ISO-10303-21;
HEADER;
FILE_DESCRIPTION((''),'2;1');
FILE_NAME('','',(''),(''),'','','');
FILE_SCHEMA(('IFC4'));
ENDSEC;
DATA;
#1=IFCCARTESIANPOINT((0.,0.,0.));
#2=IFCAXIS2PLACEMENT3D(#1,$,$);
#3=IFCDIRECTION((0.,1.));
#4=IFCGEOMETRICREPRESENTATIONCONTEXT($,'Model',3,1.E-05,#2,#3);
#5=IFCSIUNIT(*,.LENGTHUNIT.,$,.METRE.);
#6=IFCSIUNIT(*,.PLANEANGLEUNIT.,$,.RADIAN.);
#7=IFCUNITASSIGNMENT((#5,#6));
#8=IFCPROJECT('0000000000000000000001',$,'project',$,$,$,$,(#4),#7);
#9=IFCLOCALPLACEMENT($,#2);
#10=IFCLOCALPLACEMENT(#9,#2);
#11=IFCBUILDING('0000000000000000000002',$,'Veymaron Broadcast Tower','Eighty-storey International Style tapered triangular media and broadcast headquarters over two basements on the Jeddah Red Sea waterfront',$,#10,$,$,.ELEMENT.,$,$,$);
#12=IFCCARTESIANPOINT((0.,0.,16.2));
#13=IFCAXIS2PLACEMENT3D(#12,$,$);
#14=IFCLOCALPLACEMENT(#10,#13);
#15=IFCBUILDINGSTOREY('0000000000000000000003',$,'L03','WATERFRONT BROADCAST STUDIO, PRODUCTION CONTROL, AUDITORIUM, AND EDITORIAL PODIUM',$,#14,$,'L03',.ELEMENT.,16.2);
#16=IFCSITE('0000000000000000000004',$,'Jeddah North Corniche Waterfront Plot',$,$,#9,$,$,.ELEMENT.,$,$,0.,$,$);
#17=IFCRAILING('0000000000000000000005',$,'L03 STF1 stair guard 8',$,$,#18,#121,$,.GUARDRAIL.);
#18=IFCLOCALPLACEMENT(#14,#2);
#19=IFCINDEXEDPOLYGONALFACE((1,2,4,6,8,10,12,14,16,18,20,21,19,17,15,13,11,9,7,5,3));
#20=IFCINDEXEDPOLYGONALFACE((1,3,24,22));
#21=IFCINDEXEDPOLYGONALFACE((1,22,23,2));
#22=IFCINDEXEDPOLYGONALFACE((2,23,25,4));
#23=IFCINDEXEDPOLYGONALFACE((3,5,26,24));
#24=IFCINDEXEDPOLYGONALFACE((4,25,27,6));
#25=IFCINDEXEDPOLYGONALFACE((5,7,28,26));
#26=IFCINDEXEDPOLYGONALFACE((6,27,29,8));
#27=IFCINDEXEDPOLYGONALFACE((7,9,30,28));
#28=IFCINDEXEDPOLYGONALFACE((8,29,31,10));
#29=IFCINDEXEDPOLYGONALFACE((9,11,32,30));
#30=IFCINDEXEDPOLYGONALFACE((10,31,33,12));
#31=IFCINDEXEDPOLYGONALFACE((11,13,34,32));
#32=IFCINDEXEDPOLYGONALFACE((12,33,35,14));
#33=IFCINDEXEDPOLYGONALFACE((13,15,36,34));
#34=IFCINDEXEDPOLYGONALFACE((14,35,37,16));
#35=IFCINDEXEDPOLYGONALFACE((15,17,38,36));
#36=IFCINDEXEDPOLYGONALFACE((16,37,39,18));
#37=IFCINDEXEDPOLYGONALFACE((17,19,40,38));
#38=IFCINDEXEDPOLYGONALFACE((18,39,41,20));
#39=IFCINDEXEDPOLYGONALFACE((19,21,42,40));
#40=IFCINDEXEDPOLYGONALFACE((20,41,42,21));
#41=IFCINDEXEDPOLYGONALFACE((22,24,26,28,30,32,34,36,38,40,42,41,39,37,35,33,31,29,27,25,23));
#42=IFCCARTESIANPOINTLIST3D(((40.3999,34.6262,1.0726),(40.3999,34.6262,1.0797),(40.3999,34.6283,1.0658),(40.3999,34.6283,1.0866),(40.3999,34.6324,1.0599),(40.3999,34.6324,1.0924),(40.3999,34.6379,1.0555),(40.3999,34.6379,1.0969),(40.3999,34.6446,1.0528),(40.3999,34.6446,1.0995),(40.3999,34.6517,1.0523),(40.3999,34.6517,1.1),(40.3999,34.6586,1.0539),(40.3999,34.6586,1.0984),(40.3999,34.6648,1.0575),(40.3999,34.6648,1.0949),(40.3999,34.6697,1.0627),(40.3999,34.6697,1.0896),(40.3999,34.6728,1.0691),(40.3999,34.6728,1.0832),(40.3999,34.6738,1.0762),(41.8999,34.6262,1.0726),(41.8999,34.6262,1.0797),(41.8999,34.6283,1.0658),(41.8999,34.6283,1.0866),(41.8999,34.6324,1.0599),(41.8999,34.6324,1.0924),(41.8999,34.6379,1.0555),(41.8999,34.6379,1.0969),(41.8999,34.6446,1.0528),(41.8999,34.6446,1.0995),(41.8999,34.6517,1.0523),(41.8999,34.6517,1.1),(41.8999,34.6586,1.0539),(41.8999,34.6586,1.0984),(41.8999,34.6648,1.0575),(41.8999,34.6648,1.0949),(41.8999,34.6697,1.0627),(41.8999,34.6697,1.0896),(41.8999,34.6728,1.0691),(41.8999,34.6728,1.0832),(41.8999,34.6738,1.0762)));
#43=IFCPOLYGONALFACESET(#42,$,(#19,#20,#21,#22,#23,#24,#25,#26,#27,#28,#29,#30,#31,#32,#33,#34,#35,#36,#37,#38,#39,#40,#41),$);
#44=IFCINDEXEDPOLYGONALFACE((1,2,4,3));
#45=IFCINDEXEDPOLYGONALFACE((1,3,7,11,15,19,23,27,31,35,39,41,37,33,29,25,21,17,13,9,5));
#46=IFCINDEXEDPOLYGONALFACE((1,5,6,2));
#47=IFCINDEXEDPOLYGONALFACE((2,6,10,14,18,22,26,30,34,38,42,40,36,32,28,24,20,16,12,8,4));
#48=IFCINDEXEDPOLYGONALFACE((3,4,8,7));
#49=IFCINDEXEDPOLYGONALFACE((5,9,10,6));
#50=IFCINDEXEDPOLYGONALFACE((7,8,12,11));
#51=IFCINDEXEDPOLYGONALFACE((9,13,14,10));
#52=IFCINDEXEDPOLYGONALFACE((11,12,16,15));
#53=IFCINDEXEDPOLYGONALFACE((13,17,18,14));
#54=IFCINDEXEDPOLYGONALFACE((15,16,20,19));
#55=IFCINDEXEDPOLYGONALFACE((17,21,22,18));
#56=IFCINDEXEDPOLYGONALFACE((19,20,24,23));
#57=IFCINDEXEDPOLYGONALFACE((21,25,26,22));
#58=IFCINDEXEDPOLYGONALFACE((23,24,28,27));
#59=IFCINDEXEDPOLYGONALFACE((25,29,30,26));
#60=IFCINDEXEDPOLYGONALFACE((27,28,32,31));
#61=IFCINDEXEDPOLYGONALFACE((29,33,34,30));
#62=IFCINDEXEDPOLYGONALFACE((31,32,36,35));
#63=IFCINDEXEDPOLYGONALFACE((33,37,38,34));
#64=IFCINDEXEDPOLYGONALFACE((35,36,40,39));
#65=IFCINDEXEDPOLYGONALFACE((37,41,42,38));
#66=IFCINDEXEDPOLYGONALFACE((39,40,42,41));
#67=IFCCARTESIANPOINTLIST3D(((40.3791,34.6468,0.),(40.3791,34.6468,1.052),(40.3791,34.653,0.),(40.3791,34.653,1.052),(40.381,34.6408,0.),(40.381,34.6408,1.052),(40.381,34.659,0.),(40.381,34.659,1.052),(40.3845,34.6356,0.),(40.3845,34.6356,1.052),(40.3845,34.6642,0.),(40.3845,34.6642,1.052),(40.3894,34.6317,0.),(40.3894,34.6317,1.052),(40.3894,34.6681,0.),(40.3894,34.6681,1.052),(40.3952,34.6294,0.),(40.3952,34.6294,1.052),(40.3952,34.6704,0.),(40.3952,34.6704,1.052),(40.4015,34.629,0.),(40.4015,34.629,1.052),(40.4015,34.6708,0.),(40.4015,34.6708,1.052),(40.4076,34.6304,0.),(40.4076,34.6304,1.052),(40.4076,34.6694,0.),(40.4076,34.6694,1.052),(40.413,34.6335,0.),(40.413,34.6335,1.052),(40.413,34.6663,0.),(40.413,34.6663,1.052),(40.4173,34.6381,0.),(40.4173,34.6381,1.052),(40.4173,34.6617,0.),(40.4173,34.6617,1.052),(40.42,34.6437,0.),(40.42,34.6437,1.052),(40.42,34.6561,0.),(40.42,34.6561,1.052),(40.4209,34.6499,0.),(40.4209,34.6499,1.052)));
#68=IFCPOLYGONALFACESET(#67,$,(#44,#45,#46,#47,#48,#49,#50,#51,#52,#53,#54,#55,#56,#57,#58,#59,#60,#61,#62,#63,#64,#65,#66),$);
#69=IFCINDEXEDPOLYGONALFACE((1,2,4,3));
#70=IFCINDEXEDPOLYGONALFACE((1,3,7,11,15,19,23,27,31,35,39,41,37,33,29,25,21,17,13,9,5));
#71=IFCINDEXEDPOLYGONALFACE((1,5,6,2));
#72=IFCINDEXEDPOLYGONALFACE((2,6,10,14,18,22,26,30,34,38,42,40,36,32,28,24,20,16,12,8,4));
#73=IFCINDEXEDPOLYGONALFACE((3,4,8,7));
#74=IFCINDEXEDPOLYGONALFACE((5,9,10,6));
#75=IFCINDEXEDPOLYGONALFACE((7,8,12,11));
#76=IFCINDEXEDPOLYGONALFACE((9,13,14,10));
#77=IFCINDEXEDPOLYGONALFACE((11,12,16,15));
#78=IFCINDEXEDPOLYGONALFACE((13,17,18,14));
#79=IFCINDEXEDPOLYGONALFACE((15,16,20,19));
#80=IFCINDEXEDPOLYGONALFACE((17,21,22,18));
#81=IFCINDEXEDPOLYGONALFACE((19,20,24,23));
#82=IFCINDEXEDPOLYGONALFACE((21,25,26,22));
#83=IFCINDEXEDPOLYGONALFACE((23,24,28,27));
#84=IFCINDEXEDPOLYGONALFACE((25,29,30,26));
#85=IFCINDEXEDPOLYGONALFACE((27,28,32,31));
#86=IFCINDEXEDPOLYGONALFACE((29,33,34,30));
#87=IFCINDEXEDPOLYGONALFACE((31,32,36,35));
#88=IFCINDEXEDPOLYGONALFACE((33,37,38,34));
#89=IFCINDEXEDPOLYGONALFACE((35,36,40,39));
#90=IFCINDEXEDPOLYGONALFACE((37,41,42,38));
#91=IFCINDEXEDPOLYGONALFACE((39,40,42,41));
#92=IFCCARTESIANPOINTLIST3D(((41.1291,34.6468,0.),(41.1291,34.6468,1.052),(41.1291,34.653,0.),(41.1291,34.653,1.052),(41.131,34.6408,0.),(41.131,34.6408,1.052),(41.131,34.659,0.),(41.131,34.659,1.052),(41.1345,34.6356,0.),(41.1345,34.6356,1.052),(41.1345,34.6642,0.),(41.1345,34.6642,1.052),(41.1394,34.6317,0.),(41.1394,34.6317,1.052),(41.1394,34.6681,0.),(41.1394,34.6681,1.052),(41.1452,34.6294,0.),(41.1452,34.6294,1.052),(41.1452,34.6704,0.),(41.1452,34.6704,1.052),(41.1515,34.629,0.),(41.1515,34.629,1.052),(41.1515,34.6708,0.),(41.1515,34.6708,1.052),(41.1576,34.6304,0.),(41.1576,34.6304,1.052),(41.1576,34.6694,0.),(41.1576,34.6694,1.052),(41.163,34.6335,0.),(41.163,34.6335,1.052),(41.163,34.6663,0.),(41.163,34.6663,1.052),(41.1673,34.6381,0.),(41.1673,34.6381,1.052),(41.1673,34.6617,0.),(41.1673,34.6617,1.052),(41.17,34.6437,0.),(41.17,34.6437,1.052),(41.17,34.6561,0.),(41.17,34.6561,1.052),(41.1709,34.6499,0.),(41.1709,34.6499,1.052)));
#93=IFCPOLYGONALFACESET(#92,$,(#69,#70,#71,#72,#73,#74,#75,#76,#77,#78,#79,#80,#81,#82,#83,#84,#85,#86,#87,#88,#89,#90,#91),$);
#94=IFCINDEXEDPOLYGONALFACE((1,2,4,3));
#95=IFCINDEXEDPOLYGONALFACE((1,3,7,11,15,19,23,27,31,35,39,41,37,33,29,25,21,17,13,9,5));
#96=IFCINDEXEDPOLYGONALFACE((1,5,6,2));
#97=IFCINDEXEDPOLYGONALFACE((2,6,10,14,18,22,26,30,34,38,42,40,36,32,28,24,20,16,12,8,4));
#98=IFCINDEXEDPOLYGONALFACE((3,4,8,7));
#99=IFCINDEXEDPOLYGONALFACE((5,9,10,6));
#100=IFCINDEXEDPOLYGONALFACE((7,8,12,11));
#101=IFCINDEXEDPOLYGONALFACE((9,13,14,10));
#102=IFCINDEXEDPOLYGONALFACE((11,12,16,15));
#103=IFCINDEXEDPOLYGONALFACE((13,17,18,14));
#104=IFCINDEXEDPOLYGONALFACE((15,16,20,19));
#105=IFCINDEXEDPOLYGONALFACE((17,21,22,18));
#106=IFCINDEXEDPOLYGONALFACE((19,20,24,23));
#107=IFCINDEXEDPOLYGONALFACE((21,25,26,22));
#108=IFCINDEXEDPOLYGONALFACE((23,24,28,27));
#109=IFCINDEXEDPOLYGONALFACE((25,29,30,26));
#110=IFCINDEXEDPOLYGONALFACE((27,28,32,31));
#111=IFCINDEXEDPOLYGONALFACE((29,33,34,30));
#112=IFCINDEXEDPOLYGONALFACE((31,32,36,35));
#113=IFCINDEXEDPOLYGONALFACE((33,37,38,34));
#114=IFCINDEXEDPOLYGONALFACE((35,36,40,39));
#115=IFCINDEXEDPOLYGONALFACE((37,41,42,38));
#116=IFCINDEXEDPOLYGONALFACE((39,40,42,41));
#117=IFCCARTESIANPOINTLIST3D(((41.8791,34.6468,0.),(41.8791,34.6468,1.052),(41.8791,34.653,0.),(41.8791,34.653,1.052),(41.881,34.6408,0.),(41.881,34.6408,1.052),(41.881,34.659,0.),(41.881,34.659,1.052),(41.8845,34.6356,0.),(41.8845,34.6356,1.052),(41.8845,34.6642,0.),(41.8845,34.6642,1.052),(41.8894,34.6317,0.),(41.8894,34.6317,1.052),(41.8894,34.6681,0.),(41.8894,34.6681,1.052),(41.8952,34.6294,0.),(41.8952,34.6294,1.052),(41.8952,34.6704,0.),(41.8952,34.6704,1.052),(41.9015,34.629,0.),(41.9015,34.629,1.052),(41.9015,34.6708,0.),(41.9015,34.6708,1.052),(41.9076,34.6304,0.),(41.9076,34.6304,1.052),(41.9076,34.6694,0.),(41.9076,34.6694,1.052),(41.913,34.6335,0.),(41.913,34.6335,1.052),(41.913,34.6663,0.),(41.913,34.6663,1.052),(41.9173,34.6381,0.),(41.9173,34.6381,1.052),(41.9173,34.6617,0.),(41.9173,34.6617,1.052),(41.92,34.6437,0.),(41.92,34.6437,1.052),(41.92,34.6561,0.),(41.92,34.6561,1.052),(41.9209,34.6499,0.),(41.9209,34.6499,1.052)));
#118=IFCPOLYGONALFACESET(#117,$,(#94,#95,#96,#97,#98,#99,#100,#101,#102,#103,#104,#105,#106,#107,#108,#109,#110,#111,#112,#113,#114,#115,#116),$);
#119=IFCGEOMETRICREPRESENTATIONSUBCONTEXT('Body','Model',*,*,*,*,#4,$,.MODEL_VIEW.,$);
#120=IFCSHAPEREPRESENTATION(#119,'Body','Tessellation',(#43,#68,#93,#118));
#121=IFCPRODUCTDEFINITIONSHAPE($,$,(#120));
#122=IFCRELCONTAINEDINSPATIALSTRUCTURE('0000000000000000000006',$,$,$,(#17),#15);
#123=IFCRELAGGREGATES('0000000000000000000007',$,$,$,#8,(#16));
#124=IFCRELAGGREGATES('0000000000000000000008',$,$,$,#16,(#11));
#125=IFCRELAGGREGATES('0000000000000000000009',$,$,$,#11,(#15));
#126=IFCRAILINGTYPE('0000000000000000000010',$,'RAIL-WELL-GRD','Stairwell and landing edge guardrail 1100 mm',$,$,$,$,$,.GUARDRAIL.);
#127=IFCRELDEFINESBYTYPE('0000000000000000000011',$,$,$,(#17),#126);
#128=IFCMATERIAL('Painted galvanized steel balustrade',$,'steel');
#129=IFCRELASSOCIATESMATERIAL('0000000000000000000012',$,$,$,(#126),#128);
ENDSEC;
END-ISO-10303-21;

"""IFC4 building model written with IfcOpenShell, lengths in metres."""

from ifc_helpers import new_model, si_unit, direction, frame, origin, origin_2d, place, context, subcontext, project, spatial, circle, extrude, material, type_object, element, save


model = new_model("IFC4")

# Units and contexts
model_context = context("Model", 3, precision=1e-05, world=origin(), true_north=direction((0.0, 1.0)))
body_context = subcontext(model_context, "Body", "Model", "MODEL_VIEW")
ifc_project = project(units=[si_unit("LENGTHUNIT", "METRE"), si_unit("PLANEANGLEUNIT", "RADIAN")], contexts=[model_context])

# Site, building, storey
site_placement = place(None, origin())
site = spatial("IfcSite", under=ifc_project, at=site_placement, Name="Jeddah North Corniche Waterfront Plot", CompositionType="ELEMENT", RefElevation=0.0)
building_placement = place(site_placement, origin())
building = spatial("IfcBuilding", under=site, at=building_placement, Name="Veymaron Broadcast Tower", Description="Eighty-storey International Style tapered triangular media and broadcast headquarters over two basements on the Jeddah Red Sea waterfront", CompositionType="ELEMENT")
storey_placement = place(building_placement, frame((0.0, 0.0, 16.2)))
storey = spatial("IfcBuildingStorey", under=building, at=storey_placement, Name="L03", Description="WATERFRONT BROADCAST STUDIO, PRODUCTION CONTROL, AUDITORIUM, AND EDITORIAL PODIUM", LongName="L03", CompositionType="ELEMENT", Elevation=16.2)

# Railing
ifc_material_1 = material(Name="Painted galvanized steel balustrade", Category="steel")
railing_type_1 = type_object("IfcRailingType", Name="RAIL-WELL-GRD", Description="Stairwell and landing edge guardrail 1100 mm", PredefinedType="GUARDRAIL", material=ifc_material_1)
railing_1_placement = place(storey_placement, frame((40.3999, 34.6499, 0.0)))
element("IfcRailing", 1, at=railing_1_placement, inside=storey, type_object=railing_type_1, Name="L03 STF1 stair guard 8", PredefinedType="GUARDRAIL", context=body_context, shape_type="SweptSolid", body=[
    extrude(circle(Radius=0.0239, at=origin_2d()), frame((0.0, 0.0, 1.0762), z_axis=(1.0, 0.0, 0.0), x_axis=(0.0, 1.0, 0.0)), (0.0, 0.0, 1.0), 1.5),
    extrude(circle(Radius=0.021, at=origin_2d()), origin(), (0.0, 0.0, 1.0), 1.052),
    extrude(circle(Radius=0.021, at=origin_2d()), frame((0.75, 0.0, 0.0)), (0.0, 0.0, 1.0), 1.052),
    extrude(circle(Radius=0.021, at=origin_2d()), frame((1.5, 0.0, 0.0)), (0.0, 0.0, 1.0), 1.052),
])

save(model, "model.ifc")
